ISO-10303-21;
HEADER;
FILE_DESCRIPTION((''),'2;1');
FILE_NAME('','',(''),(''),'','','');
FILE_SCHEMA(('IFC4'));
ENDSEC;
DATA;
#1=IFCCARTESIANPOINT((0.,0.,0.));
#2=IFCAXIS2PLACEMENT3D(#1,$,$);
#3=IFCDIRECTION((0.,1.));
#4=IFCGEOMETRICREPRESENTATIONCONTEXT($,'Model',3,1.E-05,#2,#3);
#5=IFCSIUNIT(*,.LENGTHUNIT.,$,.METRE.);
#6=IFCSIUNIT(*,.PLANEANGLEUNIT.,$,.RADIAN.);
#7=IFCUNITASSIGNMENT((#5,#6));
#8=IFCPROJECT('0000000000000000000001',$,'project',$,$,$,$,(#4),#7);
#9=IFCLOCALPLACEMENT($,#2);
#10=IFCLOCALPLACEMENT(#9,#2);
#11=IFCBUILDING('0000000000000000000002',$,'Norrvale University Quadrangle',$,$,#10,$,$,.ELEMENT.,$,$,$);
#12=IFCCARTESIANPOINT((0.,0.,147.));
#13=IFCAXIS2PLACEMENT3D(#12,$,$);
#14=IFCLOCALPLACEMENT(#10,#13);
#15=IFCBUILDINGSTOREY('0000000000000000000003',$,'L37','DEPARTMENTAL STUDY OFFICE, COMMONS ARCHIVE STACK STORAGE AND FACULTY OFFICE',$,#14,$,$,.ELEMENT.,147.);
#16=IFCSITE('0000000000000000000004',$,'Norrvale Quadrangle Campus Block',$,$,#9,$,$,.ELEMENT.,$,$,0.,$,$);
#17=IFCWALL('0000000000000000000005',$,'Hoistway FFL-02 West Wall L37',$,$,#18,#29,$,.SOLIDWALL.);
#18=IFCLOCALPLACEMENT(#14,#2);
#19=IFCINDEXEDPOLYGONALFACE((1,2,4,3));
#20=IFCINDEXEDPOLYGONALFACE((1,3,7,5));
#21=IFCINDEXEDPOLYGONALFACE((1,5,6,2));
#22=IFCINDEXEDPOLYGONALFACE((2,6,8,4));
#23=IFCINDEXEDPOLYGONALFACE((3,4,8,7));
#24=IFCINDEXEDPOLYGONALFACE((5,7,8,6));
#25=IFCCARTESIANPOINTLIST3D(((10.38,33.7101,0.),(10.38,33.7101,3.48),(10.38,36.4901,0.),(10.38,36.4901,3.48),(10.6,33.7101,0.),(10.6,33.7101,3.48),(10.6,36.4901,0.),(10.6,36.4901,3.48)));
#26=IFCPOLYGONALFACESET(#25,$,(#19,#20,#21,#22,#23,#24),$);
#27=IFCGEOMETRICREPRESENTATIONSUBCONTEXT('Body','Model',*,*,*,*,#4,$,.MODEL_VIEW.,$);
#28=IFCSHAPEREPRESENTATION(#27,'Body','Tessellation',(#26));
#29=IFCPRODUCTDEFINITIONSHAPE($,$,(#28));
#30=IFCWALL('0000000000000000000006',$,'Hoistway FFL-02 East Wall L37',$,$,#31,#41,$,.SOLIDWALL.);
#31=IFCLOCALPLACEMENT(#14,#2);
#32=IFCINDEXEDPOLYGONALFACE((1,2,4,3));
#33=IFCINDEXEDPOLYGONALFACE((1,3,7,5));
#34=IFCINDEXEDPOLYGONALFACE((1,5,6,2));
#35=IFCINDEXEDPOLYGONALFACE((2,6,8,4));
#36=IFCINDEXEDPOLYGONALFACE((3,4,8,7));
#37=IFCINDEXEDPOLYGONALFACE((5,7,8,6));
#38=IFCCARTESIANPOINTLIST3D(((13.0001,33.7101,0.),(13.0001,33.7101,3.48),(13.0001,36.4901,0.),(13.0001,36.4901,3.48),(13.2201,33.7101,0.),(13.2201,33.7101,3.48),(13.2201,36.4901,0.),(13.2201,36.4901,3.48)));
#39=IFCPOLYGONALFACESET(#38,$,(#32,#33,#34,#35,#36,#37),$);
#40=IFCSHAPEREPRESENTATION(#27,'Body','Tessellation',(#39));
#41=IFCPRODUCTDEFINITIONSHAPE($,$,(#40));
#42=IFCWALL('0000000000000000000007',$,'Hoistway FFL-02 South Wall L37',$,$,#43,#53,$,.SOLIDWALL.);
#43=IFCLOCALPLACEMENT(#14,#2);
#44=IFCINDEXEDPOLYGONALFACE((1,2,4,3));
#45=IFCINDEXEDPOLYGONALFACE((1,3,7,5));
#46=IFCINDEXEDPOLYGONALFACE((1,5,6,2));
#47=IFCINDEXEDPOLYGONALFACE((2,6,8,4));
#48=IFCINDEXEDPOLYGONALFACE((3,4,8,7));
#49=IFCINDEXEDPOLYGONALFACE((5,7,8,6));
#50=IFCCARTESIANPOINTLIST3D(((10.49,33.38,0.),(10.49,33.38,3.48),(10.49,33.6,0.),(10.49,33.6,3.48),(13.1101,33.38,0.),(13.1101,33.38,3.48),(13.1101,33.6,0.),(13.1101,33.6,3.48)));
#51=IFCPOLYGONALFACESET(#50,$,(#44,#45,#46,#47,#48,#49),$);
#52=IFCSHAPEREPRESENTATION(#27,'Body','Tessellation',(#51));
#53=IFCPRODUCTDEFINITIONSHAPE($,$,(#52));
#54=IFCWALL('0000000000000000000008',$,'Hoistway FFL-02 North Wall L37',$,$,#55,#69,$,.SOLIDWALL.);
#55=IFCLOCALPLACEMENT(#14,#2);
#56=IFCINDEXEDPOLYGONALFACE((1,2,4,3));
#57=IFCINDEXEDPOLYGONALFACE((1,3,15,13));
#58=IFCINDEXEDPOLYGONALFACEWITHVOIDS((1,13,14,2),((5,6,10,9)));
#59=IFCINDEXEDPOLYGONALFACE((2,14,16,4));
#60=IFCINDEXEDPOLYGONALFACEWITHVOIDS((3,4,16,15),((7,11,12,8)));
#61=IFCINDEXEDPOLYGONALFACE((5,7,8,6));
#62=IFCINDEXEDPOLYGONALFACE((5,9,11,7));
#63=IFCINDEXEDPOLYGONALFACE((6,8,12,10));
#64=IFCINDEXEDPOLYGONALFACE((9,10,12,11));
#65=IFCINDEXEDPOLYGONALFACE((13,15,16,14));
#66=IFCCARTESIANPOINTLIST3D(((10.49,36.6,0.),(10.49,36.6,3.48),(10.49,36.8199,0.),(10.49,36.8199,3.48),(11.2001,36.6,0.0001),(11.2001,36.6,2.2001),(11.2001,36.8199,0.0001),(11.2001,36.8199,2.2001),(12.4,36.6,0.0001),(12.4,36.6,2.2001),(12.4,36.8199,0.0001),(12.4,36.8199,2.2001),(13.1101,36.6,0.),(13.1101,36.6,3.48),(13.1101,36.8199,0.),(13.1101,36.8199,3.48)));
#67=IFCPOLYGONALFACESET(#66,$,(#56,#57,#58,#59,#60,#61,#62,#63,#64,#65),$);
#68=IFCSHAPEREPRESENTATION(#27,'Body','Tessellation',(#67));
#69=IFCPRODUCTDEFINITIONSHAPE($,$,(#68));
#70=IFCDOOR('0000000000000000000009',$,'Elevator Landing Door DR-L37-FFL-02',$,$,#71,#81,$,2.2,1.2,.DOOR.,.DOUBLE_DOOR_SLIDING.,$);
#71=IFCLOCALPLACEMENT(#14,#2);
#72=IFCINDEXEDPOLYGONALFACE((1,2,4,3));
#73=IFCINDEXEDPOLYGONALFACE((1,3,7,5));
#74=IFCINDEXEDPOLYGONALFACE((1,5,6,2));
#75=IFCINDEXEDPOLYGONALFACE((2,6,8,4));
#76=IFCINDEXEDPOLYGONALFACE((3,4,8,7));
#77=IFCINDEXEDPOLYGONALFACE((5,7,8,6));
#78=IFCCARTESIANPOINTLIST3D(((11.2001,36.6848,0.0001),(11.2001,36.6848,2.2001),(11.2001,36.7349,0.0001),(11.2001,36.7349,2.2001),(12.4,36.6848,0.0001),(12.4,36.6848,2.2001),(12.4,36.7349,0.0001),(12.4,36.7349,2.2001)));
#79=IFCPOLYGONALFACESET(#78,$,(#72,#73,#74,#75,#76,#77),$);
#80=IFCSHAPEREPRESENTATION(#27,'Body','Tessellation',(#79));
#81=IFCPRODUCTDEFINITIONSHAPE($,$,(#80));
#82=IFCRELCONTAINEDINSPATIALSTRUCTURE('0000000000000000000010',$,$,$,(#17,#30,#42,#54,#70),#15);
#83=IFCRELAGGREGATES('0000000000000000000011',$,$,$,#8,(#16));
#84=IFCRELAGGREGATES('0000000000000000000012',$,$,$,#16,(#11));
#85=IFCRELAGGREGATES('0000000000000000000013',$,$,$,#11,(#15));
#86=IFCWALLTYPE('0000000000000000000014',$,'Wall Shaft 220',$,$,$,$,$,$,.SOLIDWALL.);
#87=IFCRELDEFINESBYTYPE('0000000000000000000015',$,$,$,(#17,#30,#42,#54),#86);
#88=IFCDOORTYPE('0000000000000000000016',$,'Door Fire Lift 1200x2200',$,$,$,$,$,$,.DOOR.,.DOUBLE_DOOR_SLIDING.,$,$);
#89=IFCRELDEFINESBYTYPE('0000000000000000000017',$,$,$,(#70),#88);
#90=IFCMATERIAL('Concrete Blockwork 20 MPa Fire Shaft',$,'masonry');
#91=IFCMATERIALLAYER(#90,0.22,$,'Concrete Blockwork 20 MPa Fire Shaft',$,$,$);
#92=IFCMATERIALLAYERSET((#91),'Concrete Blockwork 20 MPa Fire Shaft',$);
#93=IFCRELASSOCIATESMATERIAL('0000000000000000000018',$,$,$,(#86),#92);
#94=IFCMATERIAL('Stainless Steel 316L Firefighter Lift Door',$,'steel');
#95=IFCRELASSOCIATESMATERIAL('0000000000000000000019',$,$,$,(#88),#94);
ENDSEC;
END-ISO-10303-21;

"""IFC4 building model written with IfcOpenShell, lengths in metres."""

from ifc_helpers import new_model, si_unit, direction, frame, frame_2d, origin, place, context, subcontext, project, spatial, rectangle, extrude, material, layer, layer_set, type_object, element, fill, save


model = new_model("IFC4")

# Units and contexts
model_context = context("Model", 3, precision=1e-05, world=origin(), true_north=direction((0.0, 1.0)))
body_context = subcontext(model_context, "Body", "Model", "MODEL_VIEW")
ifc_project = project(units=[si_unit("LENGTHUNIT", "METRE"), si_unit("PLANEANGLEUNIT", "RADIAN")], contexts=[model_context])

# Site, building, storey
site_placement = place(None, origin())
site = spatial("IfcSite", under=ifc_project, at=site_placement, Name="Norrvale Quadrangle Campus Block", CompositionType="ELEMENT", RefElevation=0.0)
building_placement = place(site_placement, origin())
building = spatial("IfcBuilding", under=site, at=building_placement, Name="Norrvale University Quadrangle", CompositionType="ELEMENT")
storey_placement = place(building_placement, frame((0.0, 0.0, 147.0)))
storey = spatial("IfcBuildingStorey", under=building, at=storey_placement, Name="L37", Description="DEPARTMENTAL STUDY OFFICE, COMMONS ARCHIVE STACK STORAGE AND FACULTY OFFICE", CompositionType="ELEMENT", Elevation=147.0)

# Shared definitions
ifc_material_1 = material(Name="Concrete Blockwork 20 MPa Fire Shaft", Category="masonry")
ifc_layer_1 = layer(ifc_material_1, 0.22, Name="Concrete Blockwork 20 MPa Fire Shaft")
ifc_layer_set_1 = layer_set([ifc_layer_1], Name="Concrete Blockwork 20 MPa Fire Shaft")
wall_type_1 = type_object("IfcWallType", Name="Wall Shaft 220", PredefinedType="SOLIDWALL", material=ifc_layer_set_1)

# Shared definitions
ifc_material_2 = material(Name="Stainless Steel 316L Firefighter Lift Door", Category="steel")
door_type_1 = type_object("IfcDoorType", Name="Door Fire Lift 1200x2200", OperationType="DOUBLE_DOOR_SLIDING", PredefinedType="DOOR", material=ifc_material_2)

# Walls
for number, where, z_axis, x_axis, name in (
    (1, (10.49, 33.71, 0.0), (0.0, 0.0, 1.0), (0.0, 1.0, 0.0), "Hoistway FFL-02 West Wall L37"),
    (2, (13.1101, 33.71, 0.0), (0.0, 0.0, 1.0), (0.0, 1.0, 0.0), "Hoistway FFL-02 East Wall L37"),
):
    element("IfcWall", number, at=place(storey_placement, frame(where, z_axis=z_axis, x_axis=x_axis)), inside=storey, type_object=wall_type_1, Name=name, PredefinedType="SOLIDWALL", context=body_context, shape_type="SweptSolid", body=[
        extrude(rectangle(XDim=2.78, YDim=0.22, at=frame_2d((1.3901, 0.0))), origin(), (0.0, 0.0, 1.0), 3.48),
    ])
wall_1_placement = place(storey_placement, frame((10.49, 33.49, 0.0), z_axis=(0.0, 0.0, 1.0), x_axis=(1.0, 0.0, 0.0)))
element("IfcWall", 3, at=wall_1_placement, inside=storey, type_object=wall_type_1, Name="Hoistway FFL-02 South Wall L37", PredefinedType="SOLIDWALL", context=body_context, shape_type="SweptSolid", body=[
    extrude(rectangle(XDim=2.6201, YDim=0.22, at=frame_2d((1.3101, 0.0))), origin(), (0.0, 0.0, 1.0), 3.48),
])

# Wall, opening, door
wall_2_placement = place(storey_placement, frame((10.49, 36.71, 0.0), z_axis=(0.0, 0.0, 1.0), x_axis=(1.0, 0.0, 0.0)))
wall_2 = element("IfcWall", 4, at=wall_2_placement, inside=storey, type_object=wall_type_1, Name="Hoistway FFL-02 North Wall L37", PredefinedType="SOLIDWALL", context=body_context, shape_type="SweptSolid", body=[
    extrude(rectangle(XDim=2.6201, YDim=0.22, at=frame_2d((1.3101, 0.0))), origin(), (0.0, 0.0, 1.0), 3.48),
])
opening_1_placement = place(wall_2_placement, frame((0.71, 0.0, 0.0)))
opening_1 = element("IfcOpeningElement", 5, at=opening_1_placement, cuts=wall_2, PredefinedType="OPENING", context=body_context, shape_type="SweptSolid", body=[
    extrude(rectangle(XDim=1.2, YDim=2.2, at=frame_2d((0.6001, 1.1001))), frame((0.0, 0.1221, 0.0), z_axis=(0.0, -1.0, 0.0), x_axis=(1.0, 0.0, 0.0)), (0.0, 0.0, 1.0), 0.2439),
])
door_1_placement = place(opening_1_placement, origin())
door_1 = element("IfcDoor", 6, at=door_1_placement, inside=storey, type_object=door_type_1, Name="Elevator Landing Door DR-L37-FFL-02", OperationType="DOUBLE_DOOR_SLIDING", OverallHeight=2.2, OverallWidth=1.2, PredefinedType="DOOR", context=body_context, shape_type="SweptSolid", body=[
    extrude(rectangle(XDim=1.2, YDim=2.2, at=frame_2d((0.6001, 1.1001))), frame((0.0, 0.0249, 0.0), z_axis=(0.0, -1.0, 0.0), x_axis=(1.0, 0.0, 0.0)), (0.0, 0.0, 1.0), 0.05),
])
fill(opening_1, door_1)

save(model, "model.ifc")
